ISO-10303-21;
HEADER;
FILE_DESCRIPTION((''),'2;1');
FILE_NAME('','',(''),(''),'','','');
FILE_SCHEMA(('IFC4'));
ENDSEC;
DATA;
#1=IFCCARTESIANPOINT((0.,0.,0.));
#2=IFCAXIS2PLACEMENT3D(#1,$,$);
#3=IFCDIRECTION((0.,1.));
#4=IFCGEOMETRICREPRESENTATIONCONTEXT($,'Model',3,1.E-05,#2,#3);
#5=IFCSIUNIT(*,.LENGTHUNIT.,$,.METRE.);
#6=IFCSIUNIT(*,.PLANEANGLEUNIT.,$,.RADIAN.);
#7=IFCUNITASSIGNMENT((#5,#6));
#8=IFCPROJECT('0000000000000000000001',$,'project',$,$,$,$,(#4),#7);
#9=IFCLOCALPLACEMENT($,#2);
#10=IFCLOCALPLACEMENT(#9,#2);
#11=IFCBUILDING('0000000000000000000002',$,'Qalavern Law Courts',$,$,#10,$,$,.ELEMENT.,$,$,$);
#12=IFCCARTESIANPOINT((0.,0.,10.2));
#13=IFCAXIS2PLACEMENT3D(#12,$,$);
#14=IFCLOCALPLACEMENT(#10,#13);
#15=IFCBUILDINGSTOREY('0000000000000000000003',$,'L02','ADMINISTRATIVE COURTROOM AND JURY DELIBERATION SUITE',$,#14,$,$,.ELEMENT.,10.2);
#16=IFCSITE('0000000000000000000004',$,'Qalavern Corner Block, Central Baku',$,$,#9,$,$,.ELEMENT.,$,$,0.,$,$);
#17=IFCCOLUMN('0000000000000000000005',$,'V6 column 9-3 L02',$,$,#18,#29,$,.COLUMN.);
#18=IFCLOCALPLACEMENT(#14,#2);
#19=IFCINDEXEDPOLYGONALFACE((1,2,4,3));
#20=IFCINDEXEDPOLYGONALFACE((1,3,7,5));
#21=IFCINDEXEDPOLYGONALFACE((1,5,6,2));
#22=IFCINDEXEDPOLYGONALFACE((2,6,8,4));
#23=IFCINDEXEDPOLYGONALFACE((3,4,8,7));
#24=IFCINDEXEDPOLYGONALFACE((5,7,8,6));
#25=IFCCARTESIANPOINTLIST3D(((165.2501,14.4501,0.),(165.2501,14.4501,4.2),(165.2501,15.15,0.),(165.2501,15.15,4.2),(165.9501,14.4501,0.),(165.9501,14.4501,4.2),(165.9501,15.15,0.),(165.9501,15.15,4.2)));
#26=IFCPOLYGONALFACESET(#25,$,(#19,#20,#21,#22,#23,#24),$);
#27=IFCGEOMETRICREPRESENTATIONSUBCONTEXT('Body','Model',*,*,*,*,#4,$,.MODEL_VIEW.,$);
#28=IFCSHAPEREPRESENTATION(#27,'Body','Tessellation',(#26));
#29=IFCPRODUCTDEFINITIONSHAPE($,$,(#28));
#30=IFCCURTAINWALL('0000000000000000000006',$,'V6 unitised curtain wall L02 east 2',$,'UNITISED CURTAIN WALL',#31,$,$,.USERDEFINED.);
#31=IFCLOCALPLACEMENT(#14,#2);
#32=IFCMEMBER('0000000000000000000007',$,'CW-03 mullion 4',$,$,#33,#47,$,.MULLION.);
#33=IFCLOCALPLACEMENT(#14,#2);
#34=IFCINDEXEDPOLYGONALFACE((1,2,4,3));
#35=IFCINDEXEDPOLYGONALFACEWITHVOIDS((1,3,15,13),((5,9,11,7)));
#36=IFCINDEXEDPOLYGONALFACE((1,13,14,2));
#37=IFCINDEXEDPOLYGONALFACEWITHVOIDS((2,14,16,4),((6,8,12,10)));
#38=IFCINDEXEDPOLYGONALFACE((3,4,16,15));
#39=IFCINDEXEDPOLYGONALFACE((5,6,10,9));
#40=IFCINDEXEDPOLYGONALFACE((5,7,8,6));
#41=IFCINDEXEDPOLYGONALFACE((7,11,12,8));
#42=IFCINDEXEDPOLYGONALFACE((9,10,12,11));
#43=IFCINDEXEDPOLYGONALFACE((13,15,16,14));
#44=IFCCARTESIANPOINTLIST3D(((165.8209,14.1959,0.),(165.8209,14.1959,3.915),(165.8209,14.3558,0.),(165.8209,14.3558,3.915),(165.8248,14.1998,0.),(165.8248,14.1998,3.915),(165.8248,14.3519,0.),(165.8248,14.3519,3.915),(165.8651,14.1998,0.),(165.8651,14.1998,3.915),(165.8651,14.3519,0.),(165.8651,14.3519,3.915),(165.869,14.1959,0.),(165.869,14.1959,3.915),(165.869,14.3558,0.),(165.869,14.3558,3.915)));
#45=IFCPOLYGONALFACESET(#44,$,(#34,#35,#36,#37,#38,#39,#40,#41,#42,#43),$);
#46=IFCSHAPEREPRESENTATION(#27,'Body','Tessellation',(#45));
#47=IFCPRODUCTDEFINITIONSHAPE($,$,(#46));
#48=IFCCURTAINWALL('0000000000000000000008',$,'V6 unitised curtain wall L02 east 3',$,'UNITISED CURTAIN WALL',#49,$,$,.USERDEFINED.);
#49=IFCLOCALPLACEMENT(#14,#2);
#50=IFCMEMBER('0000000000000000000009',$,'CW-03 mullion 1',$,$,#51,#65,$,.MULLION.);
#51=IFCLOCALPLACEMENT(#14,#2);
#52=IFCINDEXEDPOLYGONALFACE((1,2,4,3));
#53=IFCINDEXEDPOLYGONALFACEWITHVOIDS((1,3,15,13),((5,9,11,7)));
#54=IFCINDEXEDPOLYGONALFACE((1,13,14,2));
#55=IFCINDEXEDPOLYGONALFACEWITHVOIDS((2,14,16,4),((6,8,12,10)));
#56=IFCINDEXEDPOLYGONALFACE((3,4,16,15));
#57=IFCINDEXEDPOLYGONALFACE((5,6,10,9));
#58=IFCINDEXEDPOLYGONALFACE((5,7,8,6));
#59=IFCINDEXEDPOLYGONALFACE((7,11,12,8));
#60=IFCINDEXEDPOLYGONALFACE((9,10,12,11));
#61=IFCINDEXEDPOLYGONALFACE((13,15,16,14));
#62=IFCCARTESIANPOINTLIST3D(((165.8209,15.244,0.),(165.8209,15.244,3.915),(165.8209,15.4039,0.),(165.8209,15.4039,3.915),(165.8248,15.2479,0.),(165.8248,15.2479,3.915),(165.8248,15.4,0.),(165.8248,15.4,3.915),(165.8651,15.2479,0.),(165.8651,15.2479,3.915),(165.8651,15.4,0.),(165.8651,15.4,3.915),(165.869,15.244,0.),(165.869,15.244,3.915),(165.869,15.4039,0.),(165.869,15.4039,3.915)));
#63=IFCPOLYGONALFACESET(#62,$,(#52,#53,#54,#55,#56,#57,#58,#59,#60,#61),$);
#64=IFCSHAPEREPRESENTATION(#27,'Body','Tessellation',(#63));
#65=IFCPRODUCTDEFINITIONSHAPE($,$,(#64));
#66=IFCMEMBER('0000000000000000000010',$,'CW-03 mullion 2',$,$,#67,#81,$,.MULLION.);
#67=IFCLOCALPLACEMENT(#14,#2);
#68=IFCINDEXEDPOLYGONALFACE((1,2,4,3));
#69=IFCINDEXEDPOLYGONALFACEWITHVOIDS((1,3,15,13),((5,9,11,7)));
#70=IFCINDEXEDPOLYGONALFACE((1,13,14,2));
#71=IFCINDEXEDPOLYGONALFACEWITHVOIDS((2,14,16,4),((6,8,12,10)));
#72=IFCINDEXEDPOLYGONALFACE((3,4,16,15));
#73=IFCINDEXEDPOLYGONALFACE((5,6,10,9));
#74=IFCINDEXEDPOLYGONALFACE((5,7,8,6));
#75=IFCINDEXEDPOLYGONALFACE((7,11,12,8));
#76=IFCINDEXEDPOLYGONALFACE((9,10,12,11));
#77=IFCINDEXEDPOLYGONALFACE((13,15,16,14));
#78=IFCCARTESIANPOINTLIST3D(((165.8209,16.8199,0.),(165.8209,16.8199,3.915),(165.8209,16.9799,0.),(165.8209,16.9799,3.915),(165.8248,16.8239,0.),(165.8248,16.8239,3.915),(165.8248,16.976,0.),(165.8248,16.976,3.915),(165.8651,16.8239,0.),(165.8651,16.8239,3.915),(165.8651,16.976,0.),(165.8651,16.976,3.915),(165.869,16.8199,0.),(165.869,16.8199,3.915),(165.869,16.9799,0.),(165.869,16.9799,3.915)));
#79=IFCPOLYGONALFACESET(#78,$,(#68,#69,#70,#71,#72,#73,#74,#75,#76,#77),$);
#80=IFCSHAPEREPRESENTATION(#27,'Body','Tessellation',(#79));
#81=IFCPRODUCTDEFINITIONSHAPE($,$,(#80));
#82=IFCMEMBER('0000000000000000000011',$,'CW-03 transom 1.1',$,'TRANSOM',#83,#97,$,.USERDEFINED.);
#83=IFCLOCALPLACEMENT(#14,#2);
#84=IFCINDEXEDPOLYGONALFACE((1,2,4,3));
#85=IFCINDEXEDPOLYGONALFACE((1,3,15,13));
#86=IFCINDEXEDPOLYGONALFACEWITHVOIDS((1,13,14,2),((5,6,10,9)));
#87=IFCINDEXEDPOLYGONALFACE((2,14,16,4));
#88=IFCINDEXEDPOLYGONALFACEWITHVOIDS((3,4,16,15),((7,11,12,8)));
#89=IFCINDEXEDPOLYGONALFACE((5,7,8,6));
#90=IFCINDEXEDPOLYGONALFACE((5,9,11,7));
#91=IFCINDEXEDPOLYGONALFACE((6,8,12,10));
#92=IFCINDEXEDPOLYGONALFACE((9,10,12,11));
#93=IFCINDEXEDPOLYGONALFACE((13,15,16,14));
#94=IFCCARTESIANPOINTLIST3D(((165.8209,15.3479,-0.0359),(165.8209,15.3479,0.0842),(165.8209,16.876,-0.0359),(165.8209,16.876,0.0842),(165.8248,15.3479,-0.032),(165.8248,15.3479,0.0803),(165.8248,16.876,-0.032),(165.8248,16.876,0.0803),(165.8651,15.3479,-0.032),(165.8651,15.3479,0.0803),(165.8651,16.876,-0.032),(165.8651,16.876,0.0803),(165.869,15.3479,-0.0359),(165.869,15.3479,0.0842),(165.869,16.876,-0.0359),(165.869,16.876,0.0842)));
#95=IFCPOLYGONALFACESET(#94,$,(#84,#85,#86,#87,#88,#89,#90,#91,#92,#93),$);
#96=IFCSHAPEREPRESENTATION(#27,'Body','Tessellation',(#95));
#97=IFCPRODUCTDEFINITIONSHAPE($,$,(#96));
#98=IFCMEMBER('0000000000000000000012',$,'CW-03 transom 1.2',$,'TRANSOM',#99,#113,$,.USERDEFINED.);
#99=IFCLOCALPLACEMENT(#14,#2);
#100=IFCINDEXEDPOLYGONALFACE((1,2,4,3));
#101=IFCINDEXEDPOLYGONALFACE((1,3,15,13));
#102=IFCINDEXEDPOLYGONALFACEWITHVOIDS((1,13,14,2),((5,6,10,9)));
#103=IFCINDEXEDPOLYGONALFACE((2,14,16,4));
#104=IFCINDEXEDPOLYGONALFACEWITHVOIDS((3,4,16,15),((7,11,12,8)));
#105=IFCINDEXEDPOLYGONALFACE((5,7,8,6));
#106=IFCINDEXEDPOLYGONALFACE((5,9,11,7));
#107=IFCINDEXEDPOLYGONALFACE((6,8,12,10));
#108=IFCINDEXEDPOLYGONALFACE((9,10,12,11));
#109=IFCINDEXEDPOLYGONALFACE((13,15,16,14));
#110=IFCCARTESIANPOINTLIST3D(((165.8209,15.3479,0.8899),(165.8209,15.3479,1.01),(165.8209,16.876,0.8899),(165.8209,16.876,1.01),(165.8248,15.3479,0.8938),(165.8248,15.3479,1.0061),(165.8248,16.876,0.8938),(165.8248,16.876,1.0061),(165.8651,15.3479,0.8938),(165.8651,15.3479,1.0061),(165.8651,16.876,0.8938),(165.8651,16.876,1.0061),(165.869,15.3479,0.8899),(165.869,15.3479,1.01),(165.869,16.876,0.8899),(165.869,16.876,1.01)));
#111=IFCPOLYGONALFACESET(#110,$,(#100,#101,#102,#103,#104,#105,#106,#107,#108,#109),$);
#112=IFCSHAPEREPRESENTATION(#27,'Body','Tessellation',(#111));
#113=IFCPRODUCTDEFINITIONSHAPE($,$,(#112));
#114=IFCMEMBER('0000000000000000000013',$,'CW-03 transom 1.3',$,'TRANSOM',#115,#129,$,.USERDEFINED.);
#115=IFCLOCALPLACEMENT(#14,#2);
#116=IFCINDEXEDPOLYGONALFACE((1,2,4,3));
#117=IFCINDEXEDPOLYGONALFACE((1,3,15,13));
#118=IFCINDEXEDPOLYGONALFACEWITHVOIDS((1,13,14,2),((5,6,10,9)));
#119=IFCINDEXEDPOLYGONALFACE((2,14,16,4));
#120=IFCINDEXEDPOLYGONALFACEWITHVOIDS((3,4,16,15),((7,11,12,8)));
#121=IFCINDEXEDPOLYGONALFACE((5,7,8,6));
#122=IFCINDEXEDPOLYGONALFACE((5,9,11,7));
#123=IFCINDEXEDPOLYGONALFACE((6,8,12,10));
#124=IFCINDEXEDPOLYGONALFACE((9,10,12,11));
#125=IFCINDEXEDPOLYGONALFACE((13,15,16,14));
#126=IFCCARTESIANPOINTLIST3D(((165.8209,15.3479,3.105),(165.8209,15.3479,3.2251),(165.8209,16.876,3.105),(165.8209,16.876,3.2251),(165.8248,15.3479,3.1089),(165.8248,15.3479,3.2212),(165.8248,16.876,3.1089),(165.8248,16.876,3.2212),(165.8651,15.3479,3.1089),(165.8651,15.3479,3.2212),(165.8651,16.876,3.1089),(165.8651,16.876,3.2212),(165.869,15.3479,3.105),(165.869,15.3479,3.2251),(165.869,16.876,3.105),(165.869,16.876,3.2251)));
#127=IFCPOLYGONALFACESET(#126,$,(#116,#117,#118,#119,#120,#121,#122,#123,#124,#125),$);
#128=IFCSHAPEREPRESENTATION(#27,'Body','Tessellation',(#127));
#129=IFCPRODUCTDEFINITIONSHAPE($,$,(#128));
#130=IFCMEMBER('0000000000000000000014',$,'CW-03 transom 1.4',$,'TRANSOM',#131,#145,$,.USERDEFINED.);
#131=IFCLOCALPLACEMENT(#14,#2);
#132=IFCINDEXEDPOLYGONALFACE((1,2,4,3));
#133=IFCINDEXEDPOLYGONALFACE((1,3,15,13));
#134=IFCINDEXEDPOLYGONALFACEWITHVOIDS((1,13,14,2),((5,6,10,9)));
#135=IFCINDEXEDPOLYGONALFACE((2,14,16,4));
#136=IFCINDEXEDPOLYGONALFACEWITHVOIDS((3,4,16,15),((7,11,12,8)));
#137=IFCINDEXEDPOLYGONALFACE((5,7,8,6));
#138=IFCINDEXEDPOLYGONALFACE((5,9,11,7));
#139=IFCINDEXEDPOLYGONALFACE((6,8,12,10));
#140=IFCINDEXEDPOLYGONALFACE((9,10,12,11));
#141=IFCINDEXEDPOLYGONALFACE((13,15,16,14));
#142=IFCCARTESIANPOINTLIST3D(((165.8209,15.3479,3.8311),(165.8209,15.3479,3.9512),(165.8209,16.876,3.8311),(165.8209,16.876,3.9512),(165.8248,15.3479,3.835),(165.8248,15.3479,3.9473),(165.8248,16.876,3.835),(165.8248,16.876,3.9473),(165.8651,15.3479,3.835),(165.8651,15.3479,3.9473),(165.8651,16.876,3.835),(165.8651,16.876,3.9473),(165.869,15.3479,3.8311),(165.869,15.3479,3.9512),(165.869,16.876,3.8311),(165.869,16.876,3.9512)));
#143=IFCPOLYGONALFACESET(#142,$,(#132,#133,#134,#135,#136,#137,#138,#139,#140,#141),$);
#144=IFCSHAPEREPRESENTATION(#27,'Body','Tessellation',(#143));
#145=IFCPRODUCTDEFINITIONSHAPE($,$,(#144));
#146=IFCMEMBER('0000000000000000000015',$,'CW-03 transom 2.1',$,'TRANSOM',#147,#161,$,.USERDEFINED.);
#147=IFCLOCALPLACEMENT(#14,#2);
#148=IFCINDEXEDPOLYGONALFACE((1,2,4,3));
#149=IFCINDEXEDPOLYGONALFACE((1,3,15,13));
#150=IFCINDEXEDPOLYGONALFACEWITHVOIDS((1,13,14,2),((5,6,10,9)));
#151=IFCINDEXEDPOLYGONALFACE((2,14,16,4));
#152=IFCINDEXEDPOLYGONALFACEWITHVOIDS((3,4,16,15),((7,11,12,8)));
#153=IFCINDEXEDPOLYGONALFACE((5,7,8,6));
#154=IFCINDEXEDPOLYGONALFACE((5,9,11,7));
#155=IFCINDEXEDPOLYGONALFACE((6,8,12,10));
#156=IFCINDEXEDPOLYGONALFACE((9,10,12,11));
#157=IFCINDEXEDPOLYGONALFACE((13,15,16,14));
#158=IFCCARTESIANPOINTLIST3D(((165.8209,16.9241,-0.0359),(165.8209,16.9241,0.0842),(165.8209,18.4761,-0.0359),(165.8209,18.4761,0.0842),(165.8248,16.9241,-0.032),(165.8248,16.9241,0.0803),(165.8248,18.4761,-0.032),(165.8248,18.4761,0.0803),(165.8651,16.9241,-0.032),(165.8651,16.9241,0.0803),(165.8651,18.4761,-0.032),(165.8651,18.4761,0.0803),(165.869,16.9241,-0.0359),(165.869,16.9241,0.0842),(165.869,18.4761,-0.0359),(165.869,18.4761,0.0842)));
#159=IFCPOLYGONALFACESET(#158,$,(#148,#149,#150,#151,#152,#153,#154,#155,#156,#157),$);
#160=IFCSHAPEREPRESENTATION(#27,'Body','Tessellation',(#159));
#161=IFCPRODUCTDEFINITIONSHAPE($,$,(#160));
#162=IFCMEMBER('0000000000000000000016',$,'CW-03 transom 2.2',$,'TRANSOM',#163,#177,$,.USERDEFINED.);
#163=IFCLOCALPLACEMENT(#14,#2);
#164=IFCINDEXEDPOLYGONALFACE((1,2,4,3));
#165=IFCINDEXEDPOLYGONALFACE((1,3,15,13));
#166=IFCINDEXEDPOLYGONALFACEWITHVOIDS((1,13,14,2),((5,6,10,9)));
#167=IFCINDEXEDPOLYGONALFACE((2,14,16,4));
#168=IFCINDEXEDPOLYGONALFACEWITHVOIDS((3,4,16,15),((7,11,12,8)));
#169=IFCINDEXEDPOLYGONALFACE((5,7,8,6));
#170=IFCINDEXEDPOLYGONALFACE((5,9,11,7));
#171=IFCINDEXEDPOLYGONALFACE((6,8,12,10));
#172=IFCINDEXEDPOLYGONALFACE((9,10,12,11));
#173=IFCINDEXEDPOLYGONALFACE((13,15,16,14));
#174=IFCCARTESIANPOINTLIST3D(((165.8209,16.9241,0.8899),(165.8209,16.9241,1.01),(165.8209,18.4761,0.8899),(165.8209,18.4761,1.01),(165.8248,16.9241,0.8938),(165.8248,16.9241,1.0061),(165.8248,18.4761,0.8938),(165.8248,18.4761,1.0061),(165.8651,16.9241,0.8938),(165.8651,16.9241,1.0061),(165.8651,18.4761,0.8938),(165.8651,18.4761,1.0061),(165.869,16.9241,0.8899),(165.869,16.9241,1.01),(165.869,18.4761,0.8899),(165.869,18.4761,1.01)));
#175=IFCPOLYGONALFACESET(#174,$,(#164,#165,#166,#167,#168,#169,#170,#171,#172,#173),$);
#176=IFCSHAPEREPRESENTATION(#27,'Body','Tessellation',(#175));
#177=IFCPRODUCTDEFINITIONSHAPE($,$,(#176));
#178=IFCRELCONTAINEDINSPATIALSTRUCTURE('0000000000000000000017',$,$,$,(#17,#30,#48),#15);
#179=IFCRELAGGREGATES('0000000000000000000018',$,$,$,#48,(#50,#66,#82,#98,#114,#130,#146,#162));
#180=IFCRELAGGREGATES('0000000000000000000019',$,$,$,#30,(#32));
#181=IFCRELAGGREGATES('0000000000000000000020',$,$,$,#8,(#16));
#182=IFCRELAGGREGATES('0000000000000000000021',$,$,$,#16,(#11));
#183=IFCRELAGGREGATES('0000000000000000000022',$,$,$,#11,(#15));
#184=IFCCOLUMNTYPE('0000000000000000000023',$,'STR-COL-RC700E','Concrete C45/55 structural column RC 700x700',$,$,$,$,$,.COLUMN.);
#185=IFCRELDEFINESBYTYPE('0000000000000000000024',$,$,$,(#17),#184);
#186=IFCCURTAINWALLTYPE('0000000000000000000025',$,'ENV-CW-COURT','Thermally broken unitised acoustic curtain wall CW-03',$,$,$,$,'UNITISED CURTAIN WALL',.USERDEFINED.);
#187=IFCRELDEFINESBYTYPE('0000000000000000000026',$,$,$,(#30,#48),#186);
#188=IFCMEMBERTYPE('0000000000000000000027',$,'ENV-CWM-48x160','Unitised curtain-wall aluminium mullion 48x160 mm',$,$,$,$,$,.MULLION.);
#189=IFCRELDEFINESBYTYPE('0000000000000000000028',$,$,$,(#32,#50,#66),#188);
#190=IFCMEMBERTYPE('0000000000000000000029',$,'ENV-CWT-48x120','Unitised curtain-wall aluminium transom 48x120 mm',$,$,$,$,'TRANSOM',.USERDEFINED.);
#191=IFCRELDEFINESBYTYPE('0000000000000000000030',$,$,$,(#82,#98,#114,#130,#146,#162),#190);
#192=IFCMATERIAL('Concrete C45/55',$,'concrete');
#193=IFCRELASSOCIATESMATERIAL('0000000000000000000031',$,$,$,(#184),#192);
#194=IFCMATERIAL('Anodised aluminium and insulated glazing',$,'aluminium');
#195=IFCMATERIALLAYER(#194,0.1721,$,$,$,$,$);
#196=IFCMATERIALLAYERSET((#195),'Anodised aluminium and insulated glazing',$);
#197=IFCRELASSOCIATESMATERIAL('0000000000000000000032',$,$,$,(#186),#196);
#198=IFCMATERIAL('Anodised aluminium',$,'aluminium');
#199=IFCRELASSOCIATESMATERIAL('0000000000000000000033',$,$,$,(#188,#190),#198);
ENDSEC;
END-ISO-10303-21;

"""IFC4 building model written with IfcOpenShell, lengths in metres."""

from ifc_helpers import new_model, si_unit, direction, frame, origin, origin_2d, place, context, subcontext, project, spatial, rectangle, hollow_rectangle, extrude, material, layer, layer_set, material_profile, profile_set, type_object, element, aggregate, save


model = new_model("IFC4")

# Units and contexts
model_context = context("Model", 3, precision=1e-05, world=origin(), true_north=direction((0.0, 1.0)))
body_context = subcontext(model_context, "Body", "Model", "MODEL_VIEW")
ifc_project = project(units=[si_unit("LENGTHUNIT", "METRE"), si_unit("PLANEANGLEUNIT", "RADIAN")], contexts=[model_context])

# Site, building, storey
site_placement = place(None, origin())
site = spatial("IfcSite", under=ifc_project, at=site_placement, Name="Qalavern Corner Block, Central Baku", CompositionType="ELEMENT", RefElevation=0.0)
building_placement = place(site_placement, origin())
building = spatial("IfcBuilding", under=site, at=building_placement, Name="Qalavern Law Courts", CompositionType="ELEMENT")
storey_placement = place(building_placement, frame((0.0, 0.0, 10.2)))
storey = spatial("IfcBuildingStorey", under=building, at=storey_placement, Name="L02", Description="ADMINISTRATIVE COURTROOM AND JURY DELIBERATION SUITE", CompositionType="ELEMENT", Elevation=10.2)

# Column
ifc_material_1 = material(Name="Concrete C45/55", Category="concrete")
ifc_material_profile_1 = material_profile(ifc_material_1, rectangle(XDim=0.7, YDim=0.7, at=origin_2d()), Name="RC 700x700")
ifc_profile_set_1 = profile_set([ifc_material_profile_1], Name="Concrete C45/55")
column_type = type_object("IfcColumnType", Name="STR-COL-RC700E", Description="Concrete C45/55 structural column RC 700x700", PredefinedType="COLUMN", material=ifc_profile_set_1)
column_placement = place(storey_placement, frame((165.6001, 14.8, 0.0), z_axis=(0.0, 0.0, 1.0), x_axis=(1.0, 0.0, 0.0)))
element("IfcColumn", 1, at=column_placement, inside=storey, type_object=column_type, Name="V6 column 9-3 L02", PredefinedType="COLUMN", context=body_context, shape_type="SweptSolid", body=[
    extrude(rectangle(XDim=0.7, YDim=0.7, at=origin_2d()), origin(), (0.0, 0.0, 1.0), 4.2),
])

# Curtain wall, member
ifc_material_2 = material(Name="Anodised aluminium and insulated glazing", Category="aluminium")
ifc_layer_1 = layer(ifc_material_2, 0.1721)
ifc_layer_set_1 = layer_set([ifc_layer_1], Name="Anodised aluminium and insulated glazing")
curtain_wall_type = type_object("IfcCurtainWallType", Name="ENV-CW-COURT", Description="Thermally broken unitised acoustic curtain wall CW-03", ElementType="UNITISED CURTAIN WALL", PredefinedType="USERDEFINED", material=ifc_layer_set_1)
curtain_wall_1_placement = place(storey_placement, origin())
curtain_wall_1 = element("IfcCurtainWall", 2, at=curtain_wall_1_placement, inside=storey, type_object=curtain_wall_type, Name="V6 unitised curtain wall L02 east 2", ObjectType="UNITISED CURTAIN WALL", PredefinedType="USERDEFINED")
ifc_material_3 = material(Name="Anodised aluminium", Category="aluminium")
ifc_material_profile_2 = material_profile(ifc_material_3, hollow_rectangle(XDim=0.0481, YDim=0.1599, WallThickness=0.0039, at=origin_2d()), Name="ALU MULLION 48x160")
ifc_profile_set_2 = profile_set([ifc_material_profile_2], Name="Anodised aluminium")
member_type_1 = type_object("IfcMemberType", Name="ENV-CWM-48x160", Description="Unitised curtain-wall aluminium mullion 48x160 mm", PredefinedType="MULLION", material=ifc_profile_set_2)
member_1_placement = place(storey_placement, frame((165.845, 14.2759, 0.0), z_axis=(0.0, 0.0, 1.0), x_axis=(-1.0, 0.0, 0.0)))
member_1 = element("IfcMember", 3, at=member_1_placement, type_object=member_type_1, Name="CW-03 mullion 4", PredefinedType="MULLION", context=body_context, shape_type="SweptSolid", body=[
    extrude(hollow_rectangle(XDim=0.0481, YDim=0.1599, WallThickness=0.0039, at=origin_2d()), origin(), (0.0, 0.0, 1.0), 3.915),
])

# Curtain wall, members
curtain_wall_2_placement = place(storey_placement, origin())
curtain_wall_2 = element("IfcCurtainWall", 4, at=curtain_wall_2_placement, inside=storey, type_object=curtain_wall_type, Name="V6 unitised curtain wall L02 east 3", ObjectType="UNITISED CURTAIN WALL", PredefinedType="USERDEFINED")
member_2_placement = place(storey_placement, frame((165.845, 15.324, 0.0), z_axis=(0.0, 0.0, 1.0), x_axis=(-1.0, 0.0, 0.0)))
member_2 = element("IfcMember", 5, at=member_2_placement, type_object=member_type_1, Name="CW-03 mullion 1", PredefinedType="MULLION", context=body_context, shape_type="SweptSolid", body=[
    extrude(hollow_rectangle(XDim=0.0481, YDim=0.1599, WallThickness=0.0039, at=origin_2d()), origin(), (0.0, 0.0, 1.0), 3.915),
])
member_3_placement = place(storey_placement, frame((165.845, 16.8999, 0.0), z_axis=(0.0, 0.0, 1.0), x_axis=(-1.0, 0.0, 0.0)))
member_3 = element("IfcMember", 6, at=member_3_placement, type_object=member_type_1, Name="CW-03 mullion 2", PredefinedType="MULLION", context=body_context, shape_type="SweptSolid", body=[
    extrude(hollow_rectangle(XDim=0.0481, YDim=0.1599, WallThickness=0.0039, at=origin_2d()), origin(), (0.0, 0.0, 1.0), 3.915),
])
ifc_material_profile_3 = material_profile(ifc_material_3, hollow_rectangle(XDim=0.0481, YDim=0.1201, WallThickness=0.0039, at=origin_2d()), Name="ALU TRANSOM 48x120")
ifc_profile_set_3 = profile_set([ifc_material_profile_3], Name="Anodised aluminium")
member_type_2 = type_object("IfcMemberType", Name="ENV-CWT-48x120", Description="Unitised curtain-wall aluminium transom 48x120 mm", ElementType="TRANSOM", PredefinedType="USERDEFINED", material=ifc_profile_set_3)
member_4_placement = place(storey_placement, frame((165.845, 15.3479, 0.0242), z_axis=(0.0, 1.0, 0.0), x_axis=(-1.0, 0.0, 0.0)))
member_4 = element("IfcMember", 7, at=member_4_placement, type_object=member_type_2, Name="CW-03 transom 1.1", ObjectType="TRANSOM", PredefinedType="USERDEFINED", context=body_context, shape_type="SweptSolid", body=[
    extrude(hollow_rectangle(XDim=0.0481, YDim=0.1201, WallThickness=0.0039, at=origin_2d()), origin(), (0.0, 0.0, 1.0), 1.5281),
])
member_5_placement = place(storey_placement, frame((165.845, 15.3479, 0.95), z_axis=(0.0, 1.0, 0.0), x_axis=(-1.0, 0.0, 0.0)))
member_5 = element("IfcMember", 8, at=member_5_placement, type_object=member_type_2, Name="CW-03 transom 1.2", ObjectType="TRANSOM", PredefinedType="USERDEFINED", context=body_context, shape_type="SweptSolid", body=[
    extrude(hollow_rectangle(XDim=0.0481, YDim=0.1201, WallThickness=0.0039, at=origin_2d()), origin(), (0.0, 0.0, 1.0), 1.5281),
])
member_6_placement = place(storey_placement, frame((165.845, 15.3479, 3.165), z_axis=(0.0, 1.0, 0.0), x_axis=(-1.0, 0.0, 0.0)))
member_6 = element("IfcMember", 9, at=member_6_placement, type_object=member_type_2, Name="CW-03 transom 1.3", ObjectType="TRANSOM", PredefinedType="USERDEFINED", context=body_context, shape_type="SweptSolid", body=[
    extrude(hollow_rectangle(XDim=0.0481, YDim=0.1201, WallThickness=0.0039, at=origin_2d()), origin(), (0.0, 0.0, 1.0), 1.5281),
])
member_7_placement = place(storey_placement, frame((165.845, 15.3479, 3.8911), z_axis=(0.0, 1.0, 0.0), x_axis=(-1.0, 0.0, 0.0)))
member_7 = element("IfcMember", 10, at=member_7_placement, type_object=member_type_2, Name="CW-03 transom 1.4", ObjectType="TRANSOM", PredefinedType="USERDEFINED", context=body_context, shape_type="SweptSolid", body=[
    extrude(hollow_rectangle(XDim=0.0481, YDim=0.1201, WallThickness=0.0039, at=origin_2d()), origin(), (0.0, 0.0, 1.0), 1.5281),
])
member_8_placement = place(storey_placement, frame((165.845, 16.9241, 0.0242), z_axis=(0.0, 1.0, 0.0), x_axis=(-1.0, 0.0, 0.0)))
member_8 = element("IfcMember", 11, at=member_8_placement, type_object=member_type_2, Name="CW-03 transom 2.1", ObjectType="TRANSOM", PredefinedType="USERDEFINED", context=body_context, shape_type="SweptSolid", body=[
    extrude(hollow_rectangle(XDim=0.0481, YDim=0.1201, WallThickness=0.0039, at=origin_2d()), origin(), (0.0, 0.0, 1.0), 1.552),
])
member_9_placement = place(storey_placement, frame((165.845, 16.9241, 0.95), z_axis=(0.0, 1.0, 0.0), x_axis=(-1.0, 0.0, 0.0)))
member_9 = element("IfcMember", 12, at=member_9_placement, type_object=member_type_2, Name="CW-03 transom 2.2", ObjectType="TRANSOM", PredefinedType="USERDEFINED", context=body_context, shape_type="SweptSolid", body=[
    extrude(hollow_rectangle(XDim=0.0481, YDim=0.1201, WallThickness=0.0039, at=origin_2d()), origin(), (0.0, 0.0, 1.0), 1.552),
])

aggregate(curtain_wall_2, [member_2, member_3, member_4, member_5, member_6, member_7, member_8, member_9])
aggregate(curtain_wall_1, [member_1])

save(model, "model.ifc")
